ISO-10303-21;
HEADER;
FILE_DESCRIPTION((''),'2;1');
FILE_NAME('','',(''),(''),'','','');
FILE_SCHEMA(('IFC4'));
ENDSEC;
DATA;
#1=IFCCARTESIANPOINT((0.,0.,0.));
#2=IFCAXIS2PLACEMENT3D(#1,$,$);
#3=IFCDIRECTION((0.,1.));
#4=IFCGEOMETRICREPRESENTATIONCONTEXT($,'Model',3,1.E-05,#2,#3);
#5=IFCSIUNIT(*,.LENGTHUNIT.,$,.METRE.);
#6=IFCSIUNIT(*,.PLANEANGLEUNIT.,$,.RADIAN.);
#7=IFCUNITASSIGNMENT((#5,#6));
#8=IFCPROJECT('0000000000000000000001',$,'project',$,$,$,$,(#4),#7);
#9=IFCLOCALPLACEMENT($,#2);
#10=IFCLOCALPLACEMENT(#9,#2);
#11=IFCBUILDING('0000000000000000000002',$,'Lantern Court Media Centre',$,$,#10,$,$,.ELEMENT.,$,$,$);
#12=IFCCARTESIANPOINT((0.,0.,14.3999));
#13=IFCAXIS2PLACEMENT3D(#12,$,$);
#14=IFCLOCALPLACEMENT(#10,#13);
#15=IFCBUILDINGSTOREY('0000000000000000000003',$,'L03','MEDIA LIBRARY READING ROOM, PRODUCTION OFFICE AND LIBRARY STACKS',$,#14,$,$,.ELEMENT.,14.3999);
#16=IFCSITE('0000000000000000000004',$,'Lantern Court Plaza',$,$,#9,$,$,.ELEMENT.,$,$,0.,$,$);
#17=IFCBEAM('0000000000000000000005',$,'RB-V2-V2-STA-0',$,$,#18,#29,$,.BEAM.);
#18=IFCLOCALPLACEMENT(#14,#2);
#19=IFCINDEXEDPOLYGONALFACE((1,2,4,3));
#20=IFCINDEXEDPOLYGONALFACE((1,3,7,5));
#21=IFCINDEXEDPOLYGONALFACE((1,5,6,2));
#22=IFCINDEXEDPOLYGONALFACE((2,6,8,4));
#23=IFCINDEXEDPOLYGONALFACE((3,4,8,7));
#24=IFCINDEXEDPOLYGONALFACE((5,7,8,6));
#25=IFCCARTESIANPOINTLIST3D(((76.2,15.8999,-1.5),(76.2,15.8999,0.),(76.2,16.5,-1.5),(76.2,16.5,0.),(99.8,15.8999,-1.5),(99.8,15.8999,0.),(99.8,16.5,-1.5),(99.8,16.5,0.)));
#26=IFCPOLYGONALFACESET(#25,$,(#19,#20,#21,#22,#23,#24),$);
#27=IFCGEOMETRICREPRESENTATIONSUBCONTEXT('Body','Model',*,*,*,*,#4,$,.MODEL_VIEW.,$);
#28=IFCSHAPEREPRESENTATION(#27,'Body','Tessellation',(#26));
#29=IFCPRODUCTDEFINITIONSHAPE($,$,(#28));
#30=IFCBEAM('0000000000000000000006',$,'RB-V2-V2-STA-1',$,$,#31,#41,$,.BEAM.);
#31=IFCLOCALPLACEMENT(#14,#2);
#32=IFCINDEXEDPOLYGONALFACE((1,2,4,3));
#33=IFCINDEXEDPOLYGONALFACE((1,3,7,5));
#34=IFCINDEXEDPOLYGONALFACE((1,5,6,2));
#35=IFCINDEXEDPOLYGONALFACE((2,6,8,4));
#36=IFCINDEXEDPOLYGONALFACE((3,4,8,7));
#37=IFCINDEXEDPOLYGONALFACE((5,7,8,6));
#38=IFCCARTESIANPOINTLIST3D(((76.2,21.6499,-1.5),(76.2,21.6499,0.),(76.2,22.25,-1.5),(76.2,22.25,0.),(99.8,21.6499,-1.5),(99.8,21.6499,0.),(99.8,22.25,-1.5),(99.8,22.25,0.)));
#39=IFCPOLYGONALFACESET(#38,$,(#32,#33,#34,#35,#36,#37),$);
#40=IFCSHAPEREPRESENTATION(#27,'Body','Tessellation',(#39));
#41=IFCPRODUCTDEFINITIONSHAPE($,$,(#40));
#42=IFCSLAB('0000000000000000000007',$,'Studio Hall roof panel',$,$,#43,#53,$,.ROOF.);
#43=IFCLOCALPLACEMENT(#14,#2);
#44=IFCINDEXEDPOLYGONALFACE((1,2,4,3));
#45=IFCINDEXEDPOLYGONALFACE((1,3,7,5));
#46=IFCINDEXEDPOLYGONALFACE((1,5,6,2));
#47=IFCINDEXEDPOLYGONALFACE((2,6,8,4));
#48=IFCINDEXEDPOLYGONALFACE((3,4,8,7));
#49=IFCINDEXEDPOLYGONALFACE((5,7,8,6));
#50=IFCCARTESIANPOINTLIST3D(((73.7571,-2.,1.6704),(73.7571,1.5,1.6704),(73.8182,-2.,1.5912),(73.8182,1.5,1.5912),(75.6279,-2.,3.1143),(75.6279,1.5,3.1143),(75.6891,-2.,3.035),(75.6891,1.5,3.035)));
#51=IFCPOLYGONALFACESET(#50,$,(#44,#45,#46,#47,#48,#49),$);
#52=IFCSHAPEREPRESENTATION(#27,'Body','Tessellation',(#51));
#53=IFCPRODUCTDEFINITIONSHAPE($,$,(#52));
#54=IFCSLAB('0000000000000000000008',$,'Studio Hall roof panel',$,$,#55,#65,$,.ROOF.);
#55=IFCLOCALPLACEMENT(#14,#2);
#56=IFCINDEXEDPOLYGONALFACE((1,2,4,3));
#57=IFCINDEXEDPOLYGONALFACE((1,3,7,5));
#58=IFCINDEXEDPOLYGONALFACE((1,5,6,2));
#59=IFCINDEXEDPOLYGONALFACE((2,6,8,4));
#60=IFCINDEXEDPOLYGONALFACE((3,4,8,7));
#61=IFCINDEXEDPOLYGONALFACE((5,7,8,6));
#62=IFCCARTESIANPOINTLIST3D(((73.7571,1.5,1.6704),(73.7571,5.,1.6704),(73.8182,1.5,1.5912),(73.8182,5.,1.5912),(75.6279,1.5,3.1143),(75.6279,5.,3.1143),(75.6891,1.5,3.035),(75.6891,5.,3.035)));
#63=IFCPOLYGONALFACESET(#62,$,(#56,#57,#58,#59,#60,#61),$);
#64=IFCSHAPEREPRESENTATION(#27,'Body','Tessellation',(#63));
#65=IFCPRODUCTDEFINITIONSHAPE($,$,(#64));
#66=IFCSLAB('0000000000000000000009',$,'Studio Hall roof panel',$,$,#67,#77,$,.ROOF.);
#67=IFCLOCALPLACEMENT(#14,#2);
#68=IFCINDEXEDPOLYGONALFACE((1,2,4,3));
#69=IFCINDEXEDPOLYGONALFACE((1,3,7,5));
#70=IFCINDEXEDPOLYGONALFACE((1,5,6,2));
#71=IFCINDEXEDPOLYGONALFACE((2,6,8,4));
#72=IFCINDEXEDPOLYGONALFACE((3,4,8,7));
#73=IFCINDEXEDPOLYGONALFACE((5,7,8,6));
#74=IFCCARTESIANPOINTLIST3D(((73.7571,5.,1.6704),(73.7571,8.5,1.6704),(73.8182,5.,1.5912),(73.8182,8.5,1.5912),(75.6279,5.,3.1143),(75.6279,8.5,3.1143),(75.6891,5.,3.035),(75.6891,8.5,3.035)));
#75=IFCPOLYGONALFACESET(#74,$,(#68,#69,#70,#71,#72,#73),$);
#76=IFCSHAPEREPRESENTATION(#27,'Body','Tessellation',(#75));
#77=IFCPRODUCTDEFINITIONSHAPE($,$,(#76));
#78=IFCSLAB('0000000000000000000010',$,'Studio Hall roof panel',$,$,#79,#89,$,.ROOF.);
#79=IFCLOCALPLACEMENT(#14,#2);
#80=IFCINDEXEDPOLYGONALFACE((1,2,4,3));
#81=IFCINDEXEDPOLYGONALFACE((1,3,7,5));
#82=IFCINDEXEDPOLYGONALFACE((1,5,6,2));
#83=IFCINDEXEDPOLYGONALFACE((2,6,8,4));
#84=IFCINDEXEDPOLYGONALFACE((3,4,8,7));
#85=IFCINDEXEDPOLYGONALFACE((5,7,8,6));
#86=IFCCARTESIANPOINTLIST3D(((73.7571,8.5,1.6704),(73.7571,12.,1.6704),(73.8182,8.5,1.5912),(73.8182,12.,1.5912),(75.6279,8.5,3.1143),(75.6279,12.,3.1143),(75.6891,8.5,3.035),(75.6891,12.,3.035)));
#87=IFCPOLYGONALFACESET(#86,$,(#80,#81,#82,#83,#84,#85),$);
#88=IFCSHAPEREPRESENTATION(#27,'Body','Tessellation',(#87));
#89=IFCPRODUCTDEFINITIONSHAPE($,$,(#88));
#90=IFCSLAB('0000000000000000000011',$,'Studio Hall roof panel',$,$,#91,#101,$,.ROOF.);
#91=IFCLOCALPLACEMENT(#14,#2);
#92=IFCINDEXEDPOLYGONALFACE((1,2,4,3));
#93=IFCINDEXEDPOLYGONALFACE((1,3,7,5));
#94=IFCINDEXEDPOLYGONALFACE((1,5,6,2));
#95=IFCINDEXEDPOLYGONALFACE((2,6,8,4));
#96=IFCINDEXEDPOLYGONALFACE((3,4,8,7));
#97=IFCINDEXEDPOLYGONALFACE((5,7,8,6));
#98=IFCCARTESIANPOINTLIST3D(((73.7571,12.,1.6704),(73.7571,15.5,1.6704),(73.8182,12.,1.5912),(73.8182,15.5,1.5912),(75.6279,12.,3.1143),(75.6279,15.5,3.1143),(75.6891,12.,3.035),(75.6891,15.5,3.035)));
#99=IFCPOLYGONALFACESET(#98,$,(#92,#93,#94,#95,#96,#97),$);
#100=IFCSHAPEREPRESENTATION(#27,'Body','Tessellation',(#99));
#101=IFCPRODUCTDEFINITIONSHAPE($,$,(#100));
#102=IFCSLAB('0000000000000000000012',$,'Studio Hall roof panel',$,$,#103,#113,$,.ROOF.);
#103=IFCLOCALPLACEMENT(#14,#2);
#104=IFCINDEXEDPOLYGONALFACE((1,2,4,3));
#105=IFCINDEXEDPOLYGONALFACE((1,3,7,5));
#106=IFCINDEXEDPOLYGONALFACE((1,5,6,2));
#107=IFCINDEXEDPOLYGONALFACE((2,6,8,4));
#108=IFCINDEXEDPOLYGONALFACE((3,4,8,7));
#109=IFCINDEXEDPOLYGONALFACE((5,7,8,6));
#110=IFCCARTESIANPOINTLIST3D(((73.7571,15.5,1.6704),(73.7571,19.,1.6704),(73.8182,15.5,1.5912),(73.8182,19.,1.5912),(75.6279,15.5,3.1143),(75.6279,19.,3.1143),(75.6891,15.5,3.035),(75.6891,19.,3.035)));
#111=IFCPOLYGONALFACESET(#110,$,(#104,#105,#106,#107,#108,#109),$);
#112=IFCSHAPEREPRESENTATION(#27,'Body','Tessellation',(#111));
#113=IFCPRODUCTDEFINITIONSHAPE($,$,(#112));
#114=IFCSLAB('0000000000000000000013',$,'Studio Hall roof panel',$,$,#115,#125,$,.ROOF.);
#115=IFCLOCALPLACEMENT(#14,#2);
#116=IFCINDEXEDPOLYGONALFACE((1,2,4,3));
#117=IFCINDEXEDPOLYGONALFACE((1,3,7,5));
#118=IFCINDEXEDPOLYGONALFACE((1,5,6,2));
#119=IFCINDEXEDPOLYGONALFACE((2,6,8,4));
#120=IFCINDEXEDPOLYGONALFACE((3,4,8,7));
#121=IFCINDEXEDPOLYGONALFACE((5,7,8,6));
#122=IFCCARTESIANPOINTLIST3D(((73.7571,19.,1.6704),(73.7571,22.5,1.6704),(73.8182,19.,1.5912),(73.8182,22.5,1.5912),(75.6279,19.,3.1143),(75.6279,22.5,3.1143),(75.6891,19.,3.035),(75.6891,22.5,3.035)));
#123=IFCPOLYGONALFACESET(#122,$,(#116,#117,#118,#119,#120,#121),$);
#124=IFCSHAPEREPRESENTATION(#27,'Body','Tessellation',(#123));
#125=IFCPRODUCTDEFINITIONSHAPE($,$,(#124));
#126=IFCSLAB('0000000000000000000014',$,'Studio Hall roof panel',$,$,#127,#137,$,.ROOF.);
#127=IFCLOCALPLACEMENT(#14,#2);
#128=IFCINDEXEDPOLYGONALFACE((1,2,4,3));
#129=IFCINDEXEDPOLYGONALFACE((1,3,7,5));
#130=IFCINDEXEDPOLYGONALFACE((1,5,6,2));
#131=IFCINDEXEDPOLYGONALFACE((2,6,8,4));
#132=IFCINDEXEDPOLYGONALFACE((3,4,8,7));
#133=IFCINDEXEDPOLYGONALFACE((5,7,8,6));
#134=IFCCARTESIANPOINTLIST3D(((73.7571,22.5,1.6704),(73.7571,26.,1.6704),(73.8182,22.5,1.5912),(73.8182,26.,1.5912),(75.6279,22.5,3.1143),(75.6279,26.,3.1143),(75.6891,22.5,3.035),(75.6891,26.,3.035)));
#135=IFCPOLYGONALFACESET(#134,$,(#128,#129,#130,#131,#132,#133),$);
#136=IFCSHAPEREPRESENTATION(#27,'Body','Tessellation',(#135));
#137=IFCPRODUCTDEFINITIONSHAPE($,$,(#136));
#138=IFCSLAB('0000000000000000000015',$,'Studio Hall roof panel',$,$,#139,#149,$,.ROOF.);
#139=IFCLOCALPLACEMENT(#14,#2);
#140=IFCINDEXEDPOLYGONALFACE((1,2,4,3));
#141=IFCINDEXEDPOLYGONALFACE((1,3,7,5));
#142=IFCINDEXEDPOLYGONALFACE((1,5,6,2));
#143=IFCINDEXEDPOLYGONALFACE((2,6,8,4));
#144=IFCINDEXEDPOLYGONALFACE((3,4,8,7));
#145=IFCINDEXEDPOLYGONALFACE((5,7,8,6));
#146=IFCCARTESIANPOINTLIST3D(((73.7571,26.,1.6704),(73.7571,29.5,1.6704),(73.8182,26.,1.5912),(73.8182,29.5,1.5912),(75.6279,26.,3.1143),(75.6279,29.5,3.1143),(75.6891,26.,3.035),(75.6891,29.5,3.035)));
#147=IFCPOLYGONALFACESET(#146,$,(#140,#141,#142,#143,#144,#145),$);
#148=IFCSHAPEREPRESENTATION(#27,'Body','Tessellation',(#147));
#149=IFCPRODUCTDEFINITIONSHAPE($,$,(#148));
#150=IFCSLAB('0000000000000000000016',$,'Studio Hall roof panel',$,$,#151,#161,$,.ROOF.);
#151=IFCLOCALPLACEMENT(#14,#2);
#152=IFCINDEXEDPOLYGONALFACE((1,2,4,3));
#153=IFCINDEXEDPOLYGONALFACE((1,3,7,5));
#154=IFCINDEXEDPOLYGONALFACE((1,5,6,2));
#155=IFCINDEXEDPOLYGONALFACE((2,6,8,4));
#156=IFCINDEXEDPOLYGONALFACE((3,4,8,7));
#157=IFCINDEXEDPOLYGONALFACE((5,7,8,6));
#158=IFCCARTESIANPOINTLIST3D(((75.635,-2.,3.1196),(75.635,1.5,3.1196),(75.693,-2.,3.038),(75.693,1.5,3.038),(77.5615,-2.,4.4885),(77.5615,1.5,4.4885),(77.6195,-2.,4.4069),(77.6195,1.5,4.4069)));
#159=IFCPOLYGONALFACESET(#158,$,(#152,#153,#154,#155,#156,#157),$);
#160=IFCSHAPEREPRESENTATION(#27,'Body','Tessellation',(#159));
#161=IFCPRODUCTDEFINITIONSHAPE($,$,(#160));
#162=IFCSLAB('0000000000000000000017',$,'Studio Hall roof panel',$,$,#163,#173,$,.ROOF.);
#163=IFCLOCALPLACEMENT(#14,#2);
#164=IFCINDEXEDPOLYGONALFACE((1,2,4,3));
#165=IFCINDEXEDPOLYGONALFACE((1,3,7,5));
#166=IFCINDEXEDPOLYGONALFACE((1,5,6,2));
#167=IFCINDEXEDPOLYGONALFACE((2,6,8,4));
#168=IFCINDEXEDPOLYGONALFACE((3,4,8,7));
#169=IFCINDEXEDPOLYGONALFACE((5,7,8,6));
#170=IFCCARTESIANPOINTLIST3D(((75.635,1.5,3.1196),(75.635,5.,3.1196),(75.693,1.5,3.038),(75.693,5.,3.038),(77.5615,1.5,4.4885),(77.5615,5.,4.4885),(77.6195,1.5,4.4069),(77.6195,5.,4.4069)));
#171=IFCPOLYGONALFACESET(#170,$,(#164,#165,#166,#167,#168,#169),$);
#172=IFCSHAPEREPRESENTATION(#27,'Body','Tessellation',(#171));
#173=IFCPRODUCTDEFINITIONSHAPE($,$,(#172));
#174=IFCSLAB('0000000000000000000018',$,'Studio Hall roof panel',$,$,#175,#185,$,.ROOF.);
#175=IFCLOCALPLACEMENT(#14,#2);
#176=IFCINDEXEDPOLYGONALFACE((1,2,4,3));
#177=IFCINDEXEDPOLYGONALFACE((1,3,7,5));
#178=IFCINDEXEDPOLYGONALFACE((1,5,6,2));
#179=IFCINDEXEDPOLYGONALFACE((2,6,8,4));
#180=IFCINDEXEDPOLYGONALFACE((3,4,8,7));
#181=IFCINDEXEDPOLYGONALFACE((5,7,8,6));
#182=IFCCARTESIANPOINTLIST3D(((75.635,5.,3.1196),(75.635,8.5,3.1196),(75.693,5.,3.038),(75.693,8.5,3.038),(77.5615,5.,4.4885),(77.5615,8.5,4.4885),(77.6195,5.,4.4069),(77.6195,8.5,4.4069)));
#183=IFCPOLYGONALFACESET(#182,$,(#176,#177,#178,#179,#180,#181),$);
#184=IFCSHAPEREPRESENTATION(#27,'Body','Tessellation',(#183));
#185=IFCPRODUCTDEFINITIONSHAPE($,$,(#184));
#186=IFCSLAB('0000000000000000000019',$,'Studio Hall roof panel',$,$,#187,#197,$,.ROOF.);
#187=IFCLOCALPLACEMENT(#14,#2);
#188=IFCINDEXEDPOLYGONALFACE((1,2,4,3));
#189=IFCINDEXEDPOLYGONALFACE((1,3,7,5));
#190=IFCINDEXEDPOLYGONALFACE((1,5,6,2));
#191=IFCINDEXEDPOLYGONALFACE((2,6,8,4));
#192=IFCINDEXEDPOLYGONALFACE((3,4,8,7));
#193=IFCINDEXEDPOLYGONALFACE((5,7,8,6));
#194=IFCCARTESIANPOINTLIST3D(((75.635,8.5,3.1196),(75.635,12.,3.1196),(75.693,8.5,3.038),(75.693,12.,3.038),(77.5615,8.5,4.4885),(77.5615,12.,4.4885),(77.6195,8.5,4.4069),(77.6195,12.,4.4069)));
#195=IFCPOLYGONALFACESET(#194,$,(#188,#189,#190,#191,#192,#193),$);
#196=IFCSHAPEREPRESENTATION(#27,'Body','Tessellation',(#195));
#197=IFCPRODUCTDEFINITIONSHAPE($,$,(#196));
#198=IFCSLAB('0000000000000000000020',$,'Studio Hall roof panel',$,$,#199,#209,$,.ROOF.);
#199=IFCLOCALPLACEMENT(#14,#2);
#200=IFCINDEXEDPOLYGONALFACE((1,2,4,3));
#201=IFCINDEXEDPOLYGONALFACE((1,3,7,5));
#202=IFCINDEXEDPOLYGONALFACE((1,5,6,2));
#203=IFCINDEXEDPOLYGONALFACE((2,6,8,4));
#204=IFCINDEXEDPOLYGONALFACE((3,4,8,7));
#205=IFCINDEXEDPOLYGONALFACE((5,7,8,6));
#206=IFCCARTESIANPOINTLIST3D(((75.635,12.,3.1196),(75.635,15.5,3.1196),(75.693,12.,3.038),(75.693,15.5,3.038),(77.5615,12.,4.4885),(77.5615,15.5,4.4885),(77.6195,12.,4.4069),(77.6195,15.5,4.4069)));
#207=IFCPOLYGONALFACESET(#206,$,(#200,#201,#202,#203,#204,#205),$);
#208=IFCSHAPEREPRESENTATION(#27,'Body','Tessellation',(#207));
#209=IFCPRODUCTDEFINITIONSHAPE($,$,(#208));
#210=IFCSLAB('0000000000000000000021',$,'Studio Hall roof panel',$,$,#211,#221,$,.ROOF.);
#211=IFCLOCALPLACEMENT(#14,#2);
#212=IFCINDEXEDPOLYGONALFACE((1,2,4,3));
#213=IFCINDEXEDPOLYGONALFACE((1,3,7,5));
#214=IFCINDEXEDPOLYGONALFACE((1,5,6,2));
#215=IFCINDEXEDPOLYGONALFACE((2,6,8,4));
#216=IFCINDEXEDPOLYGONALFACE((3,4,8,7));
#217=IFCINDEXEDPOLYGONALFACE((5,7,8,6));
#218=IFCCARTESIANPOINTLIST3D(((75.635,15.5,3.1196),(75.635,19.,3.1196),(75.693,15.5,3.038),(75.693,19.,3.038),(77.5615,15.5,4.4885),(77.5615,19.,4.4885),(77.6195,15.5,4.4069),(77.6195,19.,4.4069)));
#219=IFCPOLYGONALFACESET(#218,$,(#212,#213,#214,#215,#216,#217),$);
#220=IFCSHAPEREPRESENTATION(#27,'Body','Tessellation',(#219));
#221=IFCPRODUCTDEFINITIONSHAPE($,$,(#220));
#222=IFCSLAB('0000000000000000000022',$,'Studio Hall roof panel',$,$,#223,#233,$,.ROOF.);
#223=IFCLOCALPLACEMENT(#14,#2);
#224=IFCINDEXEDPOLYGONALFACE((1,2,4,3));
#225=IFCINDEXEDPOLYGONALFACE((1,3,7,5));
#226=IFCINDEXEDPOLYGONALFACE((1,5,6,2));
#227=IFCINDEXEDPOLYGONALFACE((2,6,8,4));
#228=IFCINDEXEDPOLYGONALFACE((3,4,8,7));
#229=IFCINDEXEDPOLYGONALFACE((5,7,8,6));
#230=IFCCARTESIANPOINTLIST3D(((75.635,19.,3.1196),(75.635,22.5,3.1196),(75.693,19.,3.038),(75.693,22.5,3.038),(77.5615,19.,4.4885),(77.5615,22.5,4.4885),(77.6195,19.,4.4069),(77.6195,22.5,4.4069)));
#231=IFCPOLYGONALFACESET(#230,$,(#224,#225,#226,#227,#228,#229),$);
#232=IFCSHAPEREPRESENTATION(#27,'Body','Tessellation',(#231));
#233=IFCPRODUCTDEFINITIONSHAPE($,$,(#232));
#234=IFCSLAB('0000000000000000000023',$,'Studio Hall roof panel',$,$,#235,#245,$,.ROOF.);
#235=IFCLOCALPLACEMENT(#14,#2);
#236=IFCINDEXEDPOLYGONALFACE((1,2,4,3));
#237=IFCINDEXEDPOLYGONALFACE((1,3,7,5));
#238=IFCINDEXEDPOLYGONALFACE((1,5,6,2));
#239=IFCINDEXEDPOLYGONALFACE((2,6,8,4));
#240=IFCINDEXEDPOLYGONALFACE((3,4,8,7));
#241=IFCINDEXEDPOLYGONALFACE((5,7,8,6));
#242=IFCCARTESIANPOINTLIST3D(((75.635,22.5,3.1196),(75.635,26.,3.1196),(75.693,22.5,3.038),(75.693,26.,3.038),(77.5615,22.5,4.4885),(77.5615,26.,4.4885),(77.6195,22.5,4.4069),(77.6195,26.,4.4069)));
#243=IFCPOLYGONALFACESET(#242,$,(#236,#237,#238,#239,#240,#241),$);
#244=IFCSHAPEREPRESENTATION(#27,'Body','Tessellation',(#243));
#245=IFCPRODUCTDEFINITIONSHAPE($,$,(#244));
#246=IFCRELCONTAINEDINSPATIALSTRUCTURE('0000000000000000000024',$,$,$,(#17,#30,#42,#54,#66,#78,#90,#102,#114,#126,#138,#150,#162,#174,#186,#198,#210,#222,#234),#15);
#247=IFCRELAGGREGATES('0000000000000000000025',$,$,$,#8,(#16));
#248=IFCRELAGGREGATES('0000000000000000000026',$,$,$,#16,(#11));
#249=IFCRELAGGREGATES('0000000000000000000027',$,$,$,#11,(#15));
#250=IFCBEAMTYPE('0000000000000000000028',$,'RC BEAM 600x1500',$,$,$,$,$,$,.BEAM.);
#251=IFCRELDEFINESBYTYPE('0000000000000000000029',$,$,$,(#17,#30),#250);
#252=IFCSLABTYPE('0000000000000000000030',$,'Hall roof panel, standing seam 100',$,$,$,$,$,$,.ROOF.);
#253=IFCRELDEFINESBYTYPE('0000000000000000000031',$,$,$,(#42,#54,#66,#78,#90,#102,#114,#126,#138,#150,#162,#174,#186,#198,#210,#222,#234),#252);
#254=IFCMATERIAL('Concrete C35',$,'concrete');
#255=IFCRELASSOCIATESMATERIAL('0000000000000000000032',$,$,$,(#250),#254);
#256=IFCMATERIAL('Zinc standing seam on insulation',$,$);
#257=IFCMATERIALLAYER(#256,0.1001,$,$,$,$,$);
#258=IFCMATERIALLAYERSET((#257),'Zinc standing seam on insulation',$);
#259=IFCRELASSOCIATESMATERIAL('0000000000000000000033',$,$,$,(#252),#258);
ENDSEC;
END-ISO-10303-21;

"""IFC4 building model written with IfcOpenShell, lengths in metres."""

from ifc_helpers import new_model, si_unit, direction, frame, origin, origin_2d, place, context, subcontext, project, spatial, polyline, rectangle, outline, extrude, material, layer, layer_set, material_profile, profile_set, type_object, element, save


model = new_model("IFC4")

# Units and contexts
model_context = context("Model", 3, precision=1e-05, world=origin(), true_north=direction((0.0, 1.0)))
body_context = subcontext(model_context, "Body", "Model", "MODEL_VIEW")
ifc_project = project(units=[si_unit("LENGTHUNIT", "METRE"), si_unit("PLANEANGLEUNIT", "RADIAN")], contexts=[model_context])

# Site, building, storey
site_placement = place(None, origin())
site = spatial("IfcSite", under=ifc_project, at=site_placement, Name="Lantern Court Plaza", CompositionType="ELEMENT", RefElevation=0.0)
building_placement = place(site_placement, origin())
building = spatial("IfcBuilding", under=site, at=building_placement, Name="Lantern Court Media Centre", CompositionType="ELEMENT")
storey_placement = place(building_placement, frame((0.0, 0.0, 14.3999)))
storey = spatial("IfcBuildingStorey", under=building, at=storey_placement, Name="L03", Description="MEDIA LIBRARY READING ROOM, PRODUCTION OFFICE AND LIBRARY STACKS", CompositionType="ELEMENT", Elevation=14.3999)

# Beams
ifc_material_1 = material(Name="Concrete C35", Category="concrete")
ifc_material_profile = material_profile(ifc_material_1, rectangle(XDim=0.6001, YDim=1.5, at=origin_2d()), Name="RC 600x1500")
ifc_profile_set = profile_set([ifc_material_profile], Name="Concrete C35")
beam_type = type_object("IfcBeamType", Name="RC BEAM 600x1500", PredefinedType="BEAM", material=ifc_profile_set)
for number, where, z_axis, x_axis, name in (
    (1, (76.2, 16.2, -0.75), (1.0, 0.0, 0.0), (0.0, 1.0, 0.0), "RB-V2-V2-STA-0"),
    (2, (76.2, 21.95, -0.75), (1.0, 0.0, 0.0), (0.0, 1.0, 0.0), "RB-V2-V2-STA-1"),
):
    element("IfcBeam", number, at=place(storey_placement, frame(where, z_axis=z_axis, x_axis=x_axis)), inside=storey, type_object=beam_type, Name=name, PredefinedType="BEAM", context=body_context, shape_type="SweptSolid", body=[
        extrude(rectangle(XDim=0.6001, YDim=1.5, at=origin_2d()), origin(), (0.0, 0.0, 1.0), 23.6001),
    ])

# Slabs
ifc_material_2 = material(Name="Zinc standing seam on insulation")
ifc_layer_1 = layer(ifc_material_2, 0.1001)
ifc_layer_set_1 = layer_set([ifc_layer_1], Name="Zinc standing seam on insulation")
slab_type = type_object("IfcSlabType", Name="Hall roof panel, standing seam 100", PredefinedType="ROOF", material=ifc_layer_set_1)
for number, where, z_axis, x_axis, name in (
    (3, (73.7571, -2.0, 1.6704), (-0.610968, 0.0, 0.791655), (0.791655, 0.0, 0.610968), "Studio Hall roof panel"),
    (4, (73.7571, 1.5, 1.6704), (-0.610968, 0.0, 0.791655), (0.791655, 0.0, 0.610968), "Studio Hall roof panel"),
    (5, (73.7571, 5.0, 1.6704), (-0.610968, 0.0, 0.791655), (0.791655, 0.0, 0.610968), "Studio Hall roof panel"),
    (6, (73.7571, 8.5, 1.6704), (-0.610968, 0.0, 0.791655), (0.791655, 0.0, 0.610968), "Studio Hall roof panel"),
    (7, (73.7571, 12.0, 1.6704), (-0.610968, 0.0, 0.791655), (0.791655, 0.0, 0.610968), "Studio Hall roof panel"),
    (8, (73.7571, 15.5, 1.6704), (-0.610968, 0.0, 0.791655), (0.791655, 0.0, 0.610968), "Studio Hall roof panel"),
    (9, (73.7571, 19.0, 1.6704), (-0.610968, 0.0, 0.791655), (0.791655, 0.0, 0.610968), "Studio Hall roof panel"),
    (10, (73.7571, 22.5, 1.6704), (-0.610968, 0.0, 0.791655), (0.791655, 0.0, 0.610968), "Studio Hall roof panel"),
    (11, (73.7571, 26.0, 1.6704), (-0.610968, 0.0, 0.791655), (0.791655, 0.0, 0.610968), "Studio Hall roof panel"),
):
    element("IfcSlab", number, at=place(storey_placement, frame(where, z_axis=z_axis, x_axis=x_axis)), inside=storey, type_object=slab_type, Name=name, PredefinedType="ROOF", context=body_context, shape_type="SweptSolid", body=[
        extrude(outline(polyline([(0.0, 0.0), (2.3632, 0.0), (2.3632, 3.5), (0.0, 3.5), (0.0, 0.0)])), origin(), (0.0, 0.0, -1.0), 0.1001),
    ])
for number, where, z_axis, x_axis, name in (
    (12, (75.635, -2.0, 3.1196), (-0.579223, 0.0, 0.815169), (0.815169, 0.0, 0.579223), "Studio Hall roof panel"),
    (13, (75.635, 1.5, 3.1196), (-0.579223, 0.0, 0.815169), (0.815169, 0.0, 0.579223), "Studio Hall roof panel"),
    (14, (75.635, 5.0, 3.1196), (-0.579223, 0.0, 0.815169), (0.815169, 0.0, 0.579223), "Studio Hall roof panel"),
    (15, (75.635, 8.5, 3.1196), (-0.579223, 0.0, 0.815169), (0.815169, 0.0, 0.579223), "Studio Hall roof panel"),
    (16, (75.635, 12.0, 3.1196), (-0.579223, 0.0, 0.815169), (0.815169, 0.0, 0.579223), "Studio Hall roof panel"),
    (17, (75.635, 15.5, 3.1196), (-0.579223, 0.0, 0.815169), (0.815169, 0.0, 0.579223), "Studio Hall roof panel"),
    (18, (75.635, 19.0, 3.1196), (-0.579223, 0.0, 0.815169), (0.815169, 0.0, 0.579223), "Studio Hall roof panel"),
    (19, (75.635, 22.5, 3.1196), (-0.579223, 0.0, 0.815169), (0.815169, 0.0, 0.579223), "Studio Hall roof panel"),
):
    element("IfcSlab", number, at=place(storey_placement, frame(where, z_axis=z_axis, x_axis=x_axis)), inside=storey, type_object=slab_type, Name=name, PredefinedType="ROOF", context=body_context, shape_type="SweptSolid", body=[
        extrude(outline(polyline([(0.0, 0.0), (2.3633, 0.0), (2.3633, 3.5), (0.0, 3.5), (0.0, 0.0)])), origin(), (0.0, 0.0, -1.0), 0.1001),
    ])

save(model, "model.ifc")
